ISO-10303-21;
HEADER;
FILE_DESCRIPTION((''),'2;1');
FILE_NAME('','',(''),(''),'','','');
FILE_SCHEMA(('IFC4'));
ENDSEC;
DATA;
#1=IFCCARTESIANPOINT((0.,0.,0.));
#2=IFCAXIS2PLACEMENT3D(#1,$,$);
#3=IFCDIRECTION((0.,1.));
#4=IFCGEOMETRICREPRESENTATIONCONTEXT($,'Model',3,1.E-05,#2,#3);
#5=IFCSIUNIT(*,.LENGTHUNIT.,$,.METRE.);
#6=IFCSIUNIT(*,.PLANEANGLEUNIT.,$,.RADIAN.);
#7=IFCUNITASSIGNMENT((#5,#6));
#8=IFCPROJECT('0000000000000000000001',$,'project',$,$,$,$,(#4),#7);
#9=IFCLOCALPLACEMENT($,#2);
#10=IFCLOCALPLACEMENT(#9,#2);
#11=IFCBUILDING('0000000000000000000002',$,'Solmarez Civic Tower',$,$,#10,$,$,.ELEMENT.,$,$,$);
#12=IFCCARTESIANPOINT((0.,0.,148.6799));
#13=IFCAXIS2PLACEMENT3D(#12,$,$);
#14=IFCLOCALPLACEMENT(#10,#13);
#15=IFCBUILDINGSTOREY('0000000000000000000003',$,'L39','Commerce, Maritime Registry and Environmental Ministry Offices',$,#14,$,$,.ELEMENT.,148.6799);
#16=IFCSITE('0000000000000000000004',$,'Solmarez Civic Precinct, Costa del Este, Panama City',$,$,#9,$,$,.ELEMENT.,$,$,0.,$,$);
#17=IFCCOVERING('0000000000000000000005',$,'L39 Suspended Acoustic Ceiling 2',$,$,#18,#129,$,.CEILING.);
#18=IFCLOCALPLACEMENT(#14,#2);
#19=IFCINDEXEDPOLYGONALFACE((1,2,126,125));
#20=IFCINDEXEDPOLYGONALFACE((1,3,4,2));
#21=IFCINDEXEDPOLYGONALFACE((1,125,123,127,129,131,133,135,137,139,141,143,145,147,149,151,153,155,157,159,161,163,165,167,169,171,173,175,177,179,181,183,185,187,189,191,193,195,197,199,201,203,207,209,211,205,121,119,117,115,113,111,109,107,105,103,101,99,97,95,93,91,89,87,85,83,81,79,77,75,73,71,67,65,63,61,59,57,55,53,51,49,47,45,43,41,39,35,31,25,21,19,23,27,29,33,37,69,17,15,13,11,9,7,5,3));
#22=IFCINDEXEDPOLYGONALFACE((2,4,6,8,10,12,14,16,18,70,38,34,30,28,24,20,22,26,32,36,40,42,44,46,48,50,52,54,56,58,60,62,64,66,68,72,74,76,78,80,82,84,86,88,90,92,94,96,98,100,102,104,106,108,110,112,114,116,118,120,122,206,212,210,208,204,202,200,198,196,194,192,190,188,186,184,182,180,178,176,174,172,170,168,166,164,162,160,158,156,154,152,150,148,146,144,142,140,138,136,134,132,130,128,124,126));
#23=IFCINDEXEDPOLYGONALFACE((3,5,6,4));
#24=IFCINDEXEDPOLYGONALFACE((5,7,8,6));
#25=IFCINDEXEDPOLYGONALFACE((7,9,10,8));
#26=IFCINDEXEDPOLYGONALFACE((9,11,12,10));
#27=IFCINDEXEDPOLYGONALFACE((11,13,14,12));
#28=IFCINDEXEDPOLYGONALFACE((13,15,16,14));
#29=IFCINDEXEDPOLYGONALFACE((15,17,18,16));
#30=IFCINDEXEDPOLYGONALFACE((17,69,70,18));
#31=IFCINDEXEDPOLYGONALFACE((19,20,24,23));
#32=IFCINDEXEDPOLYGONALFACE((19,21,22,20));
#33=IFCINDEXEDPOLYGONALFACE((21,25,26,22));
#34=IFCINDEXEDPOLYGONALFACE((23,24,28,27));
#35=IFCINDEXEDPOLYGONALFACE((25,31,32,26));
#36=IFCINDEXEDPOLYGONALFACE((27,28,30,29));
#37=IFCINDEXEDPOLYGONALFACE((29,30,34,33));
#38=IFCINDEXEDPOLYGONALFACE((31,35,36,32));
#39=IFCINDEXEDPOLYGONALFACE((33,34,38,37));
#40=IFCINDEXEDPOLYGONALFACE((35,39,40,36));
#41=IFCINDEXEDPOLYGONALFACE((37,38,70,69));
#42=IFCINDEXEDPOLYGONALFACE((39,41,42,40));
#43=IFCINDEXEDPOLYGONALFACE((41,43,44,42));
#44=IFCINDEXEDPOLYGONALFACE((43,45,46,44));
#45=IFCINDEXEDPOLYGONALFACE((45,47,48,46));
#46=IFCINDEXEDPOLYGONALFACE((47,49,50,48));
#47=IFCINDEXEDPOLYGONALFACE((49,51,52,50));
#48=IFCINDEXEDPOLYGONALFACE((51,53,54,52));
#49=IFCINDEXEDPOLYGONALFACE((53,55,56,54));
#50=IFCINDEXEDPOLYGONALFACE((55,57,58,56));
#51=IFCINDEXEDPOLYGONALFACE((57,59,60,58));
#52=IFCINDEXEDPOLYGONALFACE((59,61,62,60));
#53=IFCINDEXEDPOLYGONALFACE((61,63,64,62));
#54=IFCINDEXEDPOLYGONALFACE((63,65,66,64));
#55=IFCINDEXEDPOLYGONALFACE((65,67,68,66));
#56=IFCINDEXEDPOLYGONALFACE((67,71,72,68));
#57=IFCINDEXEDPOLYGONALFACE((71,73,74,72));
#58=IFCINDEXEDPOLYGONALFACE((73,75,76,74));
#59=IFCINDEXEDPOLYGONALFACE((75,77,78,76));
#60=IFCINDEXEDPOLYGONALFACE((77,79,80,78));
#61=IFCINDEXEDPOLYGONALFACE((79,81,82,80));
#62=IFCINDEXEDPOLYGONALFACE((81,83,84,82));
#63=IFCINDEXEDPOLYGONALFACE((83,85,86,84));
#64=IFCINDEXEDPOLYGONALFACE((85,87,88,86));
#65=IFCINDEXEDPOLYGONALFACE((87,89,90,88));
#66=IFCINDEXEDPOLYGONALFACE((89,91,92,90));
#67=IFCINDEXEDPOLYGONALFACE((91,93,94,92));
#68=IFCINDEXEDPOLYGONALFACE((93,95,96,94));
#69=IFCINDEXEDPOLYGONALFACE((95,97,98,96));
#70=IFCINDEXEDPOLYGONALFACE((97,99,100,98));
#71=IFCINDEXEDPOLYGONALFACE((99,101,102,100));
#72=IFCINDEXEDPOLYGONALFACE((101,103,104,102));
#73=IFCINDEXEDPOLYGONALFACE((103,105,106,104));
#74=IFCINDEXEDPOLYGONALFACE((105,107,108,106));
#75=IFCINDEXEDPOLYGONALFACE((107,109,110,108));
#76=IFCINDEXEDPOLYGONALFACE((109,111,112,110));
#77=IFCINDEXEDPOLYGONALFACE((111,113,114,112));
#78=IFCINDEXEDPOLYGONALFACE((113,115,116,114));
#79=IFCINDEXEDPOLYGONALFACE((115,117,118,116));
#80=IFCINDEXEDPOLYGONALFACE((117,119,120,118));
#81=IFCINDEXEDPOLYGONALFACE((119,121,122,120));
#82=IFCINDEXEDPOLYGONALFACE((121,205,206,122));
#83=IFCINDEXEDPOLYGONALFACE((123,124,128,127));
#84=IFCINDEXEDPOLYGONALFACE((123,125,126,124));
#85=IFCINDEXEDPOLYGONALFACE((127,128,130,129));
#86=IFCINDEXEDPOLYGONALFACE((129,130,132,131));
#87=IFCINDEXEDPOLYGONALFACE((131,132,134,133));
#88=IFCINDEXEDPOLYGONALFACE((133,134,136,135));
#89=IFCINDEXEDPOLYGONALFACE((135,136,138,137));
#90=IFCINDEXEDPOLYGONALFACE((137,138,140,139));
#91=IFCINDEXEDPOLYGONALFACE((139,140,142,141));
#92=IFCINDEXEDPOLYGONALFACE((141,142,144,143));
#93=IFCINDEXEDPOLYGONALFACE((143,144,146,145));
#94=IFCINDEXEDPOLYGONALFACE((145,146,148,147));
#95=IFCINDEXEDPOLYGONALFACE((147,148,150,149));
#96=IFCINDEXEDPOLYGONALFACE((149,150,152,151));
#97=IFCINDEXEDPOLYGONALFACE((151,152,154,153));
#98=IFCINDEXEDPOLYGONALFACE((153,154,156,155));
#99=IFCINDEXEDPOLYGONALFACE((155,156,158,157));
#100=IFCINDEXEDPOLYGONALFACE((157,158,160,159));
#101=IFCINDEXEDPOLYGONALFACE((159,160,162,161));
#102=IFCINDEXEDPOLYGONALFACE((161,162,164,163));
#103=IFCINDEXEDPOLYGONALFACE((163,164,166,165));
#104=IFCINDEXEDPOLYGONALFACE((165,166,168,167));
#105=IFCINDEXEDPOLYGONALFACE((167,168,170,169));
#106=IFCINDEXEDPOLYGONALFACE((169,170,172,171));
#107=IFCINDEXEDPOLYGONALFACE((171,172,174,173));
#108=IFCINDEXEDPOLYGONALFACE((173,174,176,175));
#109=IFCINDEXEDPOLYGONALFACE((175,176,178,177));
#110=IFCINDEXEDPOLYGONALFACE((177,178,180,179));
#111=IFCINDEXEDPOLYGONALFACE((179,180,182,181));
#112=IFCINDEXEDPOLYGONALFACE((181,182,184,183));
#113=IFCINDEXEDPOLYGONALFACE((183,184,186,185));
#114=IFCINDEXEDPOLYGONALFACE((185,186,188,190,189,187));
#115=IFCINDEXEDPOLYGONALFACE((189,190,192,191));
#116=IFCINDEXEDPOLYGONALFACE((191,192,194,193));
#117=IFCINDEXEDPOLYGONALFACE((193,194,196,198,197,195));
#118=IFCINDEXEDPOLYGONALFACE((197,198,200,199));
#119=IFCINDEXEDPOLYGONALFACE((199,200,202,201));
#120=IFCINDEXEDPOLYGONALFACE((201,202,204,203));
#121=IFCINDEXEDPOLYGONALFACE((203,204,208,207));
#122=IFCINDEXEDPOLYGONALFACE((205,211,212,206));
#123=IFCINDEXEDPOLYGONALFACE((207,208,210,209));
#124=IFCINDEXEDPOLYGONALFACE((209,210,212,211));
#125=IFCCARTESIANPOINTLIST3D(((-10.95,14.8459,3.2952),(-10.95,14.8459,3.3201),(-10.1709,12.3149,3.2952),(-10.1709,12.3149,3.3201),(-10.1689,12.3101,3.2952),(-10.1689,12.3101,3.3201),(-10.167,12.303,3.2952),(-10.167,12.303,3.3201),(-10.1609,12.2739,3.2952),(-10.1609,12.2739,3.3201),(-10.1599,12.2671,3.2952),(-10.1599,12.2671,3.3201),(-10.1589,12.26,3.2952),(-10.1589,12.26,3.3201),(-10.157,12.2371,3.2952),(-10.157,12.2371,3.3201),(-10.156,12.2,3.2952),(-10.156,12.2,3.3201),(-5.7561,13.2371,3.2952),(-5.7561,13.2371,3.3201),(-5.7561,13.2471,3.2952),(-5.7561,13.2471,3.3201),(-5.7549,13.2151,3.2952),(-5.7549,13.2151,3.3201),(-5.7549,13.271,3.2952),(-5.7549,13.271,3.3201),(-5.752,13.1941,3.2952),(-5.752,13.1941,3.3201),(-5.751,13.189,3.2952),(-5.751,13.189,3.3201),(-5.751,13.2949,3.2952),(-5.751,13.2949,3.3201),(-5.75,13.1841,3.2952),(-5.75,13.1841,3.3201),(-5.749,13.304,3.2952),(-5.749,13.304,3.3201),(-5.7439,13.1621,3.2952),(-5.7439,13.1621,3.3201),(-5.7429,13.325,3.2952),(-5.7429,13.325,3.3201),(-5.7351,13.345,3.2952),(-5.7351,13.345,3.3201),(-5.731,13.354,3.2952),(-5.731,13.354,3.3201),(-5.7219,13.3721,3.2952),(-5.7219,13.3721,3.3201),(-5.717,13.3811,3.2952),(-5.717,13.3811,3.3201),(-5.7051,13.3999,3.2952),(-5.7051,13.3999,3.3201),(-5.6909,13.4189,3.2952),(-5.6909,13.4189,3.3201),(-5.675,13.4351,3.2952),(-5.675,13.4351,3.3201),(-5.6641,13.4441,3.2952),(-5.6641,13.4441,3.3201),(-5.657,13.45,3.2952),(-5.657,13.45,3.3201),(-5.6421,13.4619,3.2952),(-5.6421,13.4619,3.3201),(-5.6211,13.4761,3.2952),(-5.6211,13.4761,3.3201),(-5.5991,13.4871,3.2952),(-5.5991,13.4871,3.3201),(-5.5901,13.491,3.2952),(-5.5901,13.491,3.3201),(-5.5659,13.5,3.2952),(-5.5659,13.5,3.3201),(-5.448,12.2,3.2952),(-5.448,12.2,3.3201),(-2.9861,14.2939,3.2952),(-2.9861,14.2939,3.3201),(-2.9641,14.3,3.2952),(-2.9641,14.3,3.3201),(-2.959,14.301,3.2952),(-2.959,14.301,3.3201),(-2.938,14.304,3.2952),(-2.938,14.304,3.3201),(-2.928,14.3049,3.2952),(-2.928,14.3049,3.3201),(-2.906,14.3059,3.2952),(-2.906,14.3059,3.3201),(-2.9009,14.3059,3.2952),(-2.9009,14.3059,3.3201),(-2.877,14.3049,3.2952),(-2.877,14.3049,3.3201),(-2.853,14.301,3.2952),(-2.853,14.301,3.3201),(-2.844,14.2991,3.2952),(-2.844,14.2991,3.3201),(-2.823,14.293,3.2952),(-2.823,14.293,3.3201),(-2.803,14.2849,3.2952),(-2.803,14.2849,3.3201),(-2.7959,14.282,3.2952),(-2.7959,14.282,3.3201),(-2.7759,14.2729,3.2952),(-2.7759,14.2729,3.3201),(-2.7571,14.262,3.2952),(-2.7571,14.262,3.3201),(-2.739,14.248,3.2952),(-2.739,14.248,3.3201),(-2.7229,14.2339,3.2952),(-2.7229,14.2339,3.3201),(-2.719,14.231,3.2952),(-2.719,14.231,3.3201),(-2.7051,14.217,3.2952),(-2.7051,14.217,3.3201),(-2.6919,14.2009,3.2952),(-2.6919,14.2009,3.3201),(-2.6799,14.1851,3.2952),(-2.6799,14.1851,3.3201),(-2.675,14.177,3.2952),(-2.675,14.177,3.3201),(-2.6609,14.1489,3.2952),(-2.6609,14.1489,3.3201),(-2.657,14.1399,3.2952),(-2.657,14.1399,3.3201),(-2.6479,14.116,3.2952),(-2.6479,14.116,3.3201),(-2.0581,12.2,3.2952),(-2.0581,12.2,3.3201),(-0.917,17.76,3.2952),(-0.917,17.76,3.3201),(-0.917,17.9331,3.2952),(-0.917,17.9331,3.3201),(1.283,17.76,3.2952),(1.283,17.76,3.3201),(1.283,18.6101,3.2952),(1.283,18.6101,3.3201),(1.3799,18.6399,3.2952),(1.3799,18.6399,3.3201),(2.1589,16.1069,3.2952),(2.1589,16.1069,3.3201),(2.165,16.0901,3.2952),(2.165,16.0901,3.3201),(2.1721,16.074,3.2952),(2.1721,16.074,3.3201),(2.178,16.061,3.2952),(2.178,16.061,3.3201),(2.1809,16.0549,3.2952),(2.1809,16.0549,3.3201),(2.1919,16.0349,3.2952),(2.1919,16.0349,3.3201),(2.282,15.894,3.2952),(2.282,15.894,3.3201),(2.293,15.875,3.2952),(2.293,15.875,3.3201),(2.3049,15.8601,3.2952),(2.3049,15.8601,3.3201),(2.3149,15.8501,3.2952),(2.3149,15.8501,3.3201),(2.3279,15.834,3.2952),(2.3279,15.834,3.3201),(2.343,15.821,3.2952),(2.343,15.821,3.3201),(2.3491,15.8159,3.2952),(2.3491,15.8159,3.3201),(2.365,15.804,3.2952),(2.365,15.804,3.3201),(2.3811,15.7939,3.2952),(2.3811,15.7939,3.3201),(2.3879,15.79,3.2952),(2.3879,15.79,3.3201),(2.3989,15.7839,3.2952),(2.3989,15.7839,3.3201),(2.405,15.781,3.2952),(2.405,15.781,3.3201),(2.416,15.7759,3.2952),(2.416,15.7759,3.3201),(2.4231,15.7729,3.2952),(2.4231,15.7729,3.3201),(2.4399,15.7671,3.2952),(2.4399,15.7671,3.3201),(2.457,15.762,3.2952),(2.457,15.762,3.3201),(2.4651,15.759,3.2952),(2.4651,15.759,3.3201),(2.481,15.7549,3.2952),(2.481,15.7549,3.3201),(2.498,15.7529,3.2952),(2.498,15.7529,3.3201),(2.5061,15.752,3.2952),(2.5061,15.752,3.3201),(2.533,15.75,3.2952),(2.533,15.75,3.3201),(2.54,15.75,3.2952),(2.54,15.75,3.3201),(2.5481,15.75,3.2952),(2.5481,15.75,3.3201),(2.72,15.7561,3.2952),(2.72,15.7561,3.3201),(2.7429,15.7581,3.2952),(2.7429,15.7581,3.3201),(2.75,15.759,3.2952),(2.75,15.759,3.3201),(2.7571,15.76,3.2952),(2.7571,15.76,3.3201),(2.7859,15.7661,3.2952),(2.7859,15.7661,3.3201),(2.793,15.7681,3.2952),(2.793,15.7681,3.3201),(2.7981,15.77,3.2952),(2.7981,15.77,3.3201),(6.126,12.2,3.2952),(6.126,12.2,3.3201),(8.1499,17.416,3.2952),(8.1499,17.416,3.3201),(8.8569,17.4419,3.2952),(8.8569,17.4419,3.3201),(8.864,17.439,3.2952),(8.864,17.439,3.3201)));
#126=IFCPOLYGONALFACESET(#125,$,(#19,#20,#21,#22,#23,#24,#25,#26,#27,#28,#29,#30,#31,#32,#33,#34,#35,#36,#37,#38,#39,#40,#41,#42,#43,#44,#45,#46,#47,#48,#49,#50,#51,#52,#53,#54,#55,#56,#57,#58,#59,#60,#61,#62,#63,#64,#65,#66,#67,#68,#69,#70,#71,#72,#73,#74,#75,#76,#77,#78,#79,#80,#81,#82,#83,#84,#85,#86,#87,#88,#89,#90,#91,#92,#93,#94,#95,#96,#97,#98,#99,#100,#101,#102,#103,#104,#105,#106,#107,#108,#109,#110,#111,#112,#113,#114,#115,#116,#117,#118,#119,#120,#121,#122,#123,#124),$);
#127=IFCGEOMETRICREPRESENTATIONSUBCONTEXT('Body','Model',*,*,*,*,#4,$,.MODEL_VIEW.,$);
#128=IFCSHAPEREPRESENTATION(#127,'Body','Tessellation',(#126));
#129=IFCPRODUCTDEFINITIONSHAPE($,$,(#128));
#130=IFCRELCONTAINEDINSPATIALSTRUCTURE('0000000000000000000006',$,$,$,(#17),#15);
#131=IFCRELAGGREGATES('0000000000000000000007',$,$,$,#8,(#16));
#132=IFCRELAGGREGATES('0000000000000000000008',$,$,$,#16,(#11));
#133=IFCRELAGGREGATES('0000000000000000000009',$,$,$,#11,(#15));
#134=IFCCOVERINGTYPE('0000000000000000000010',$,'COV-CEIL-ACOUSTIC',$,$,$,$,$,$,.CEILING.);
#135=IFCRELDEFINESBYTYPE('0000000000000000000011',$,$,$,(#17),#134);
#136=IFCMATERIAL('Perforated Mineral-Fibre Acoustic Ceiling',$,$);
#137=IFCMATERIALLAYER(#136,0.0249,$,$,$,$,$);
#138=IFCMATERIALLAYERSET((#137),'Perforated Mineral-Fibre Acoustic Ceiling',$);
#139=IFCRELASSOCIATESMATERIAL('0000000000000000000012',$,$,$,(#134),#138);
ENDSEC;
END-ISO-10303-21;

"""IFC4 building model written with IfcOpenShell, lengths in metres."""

from ifc_helpers import new_model, si_unit, direction, frame, origin, place, context, subcontext, project, spatial, polyline, outline, extrude, material, layer, layer_set, type_object, element, save


model = new_model("IFC4")

# Units and contexts
model_context = context("Model", 3, precision=1e-05, world=origin(), true_north=direction((0.0, 1.0)))
body_context = subcontext(model_context, "Body", "Model", "MODEL_VIEW")
ifc_project = project(units=[si_unit("LENGTHUNIT", "METRE"), si_unit("PLANEANGLEUNIT", "RADIAN")], contexts=[model_context])

# Site, building, storey
site_placement = place(None, origin())
site = spatial("IfcSite", under=ifc_project, at=site_placement, Name="Solmarez Civic Precinct, Costa del Este, Panama City", CompositionType="ELEMENT", RefElevation=0.0)
building_placement = place(site_placement, origin())
building = spatial("IfcBuilding", under=site, at=building_placement, Name="Solmarez Civic Tower", CompositionType="ELEMENT")
storey_placement = place(building_placement, frame((0.0, 0.0, 148.6799)))
storey = spatial("IfcBuildingStorey", under=building, at=storey_placement, Name="L39", Description="Commerce, Maritime Registry and Environmental Ministry Offices", CompositionType="ELEMENT", Elevation=148.6799)

# Covering
ifc_material_1 = material(Name="Perforated Mineral-Fibre Acoustic Ceiling")
ifc_layer_1 = layer(ifc_material_1, 0.0249)
ifc_layer_set_1 = layer_set([ifc_layer_1], Name="Perforated Mineral-Fibre Acoustic Ceiling")
covering_type_1 = type_object("IfcCoveringType", Name="COV-CEIL-ACOUSTIC", PredefinedType="CEILING", material=ifc_layer_set_1)
covering_1_placement = place(storey_placement, frame((0.0, 0.0, 3.2952)))
element("IfcCovering", 1, at=covering_1_placement, inside=storey, type_object=covering_type_1, Name="L39 Suspended Acoustic Ceiling 2", PredefinedType="CEILING", context=body_context, shape_type="SweptSolid", body=[
    extrude(outline(polyline([(-10.95, 14.8459), (-10.1709, 12.3149), (-10.1689, 12.3101), (-10.167, 12.303), (-10.1609, 12.2739), (-10.1599, 12.2671), (-10.1589, 12.26), (-10.157, 12.2371), (-10.156, 12.2), (-5.448, 12.2), (-5.7439, 13.1621), (-5.75, 13.1841), (-5.751, 13.189), (-5.752, 13.1941), (-5.7549, 13.2151), (-5.7561, 13.2371), (-5.7561, 13.2471), (-5.7549, 13.271), (-5.751, 13.2949), (-5.749, 13.304), (-5.7429, 13.325), (-5.7351, 13.345), (-5.731, 13.354), (-5.7219, 13.3721), (-5.717, 13.3811), (-5.7051, 13.3999), (-5.6909, 13.4189), (-5.675, 13.4351), (-5.6641, 13.4441), (-5.657, 13.45), (-5.6421, 13.4619), (-5.6211, 13.4761), (-5.5991, 13.4871), (-5.5901, 13.491), (-5.5659, 13.5), (-2.9861, 14.2939), (-2.9641, 14.3), (-2.959, 14.301), (-2.938, 14.304), (-2.928, 14.3049), (-2.906, 14.3059), (-2.9009, 14.3059), (-2.877, 14.3049), (-2.853, 14.301), (-2.844, 14.2991), (-2.823, 14.293), (-2.803, 14.2849), (-2.7959, 14.282), (-2.7759, 14.2729), (-2.7571, 14.262), (-2.739, 14.248), (-2.7229, 14.2339), (-2.719, 14.231), (-2.7051, 14.217), (-2.6919, 14.2009), (-2.6799, 14.1851), (-2.675, 14.177), (-2.6609, 14.1489), (-2.657, 14.1399), (-2.6479, 14.116), (-2.0581, 12.2), (6.126, 12.2), (8.864, 17.439), (8.8569, 17.4419), (8.1499, 17.416), (2.7981, 15.77), (2.793, 15.7681), (2.7859, 15.7661), (2.7571, 15.76), (2.75, 15.759), (2.7429, 15.7581), (2.72, 15.7561), (2.5481, 15.75), (2.54, 15.75), (2.533, 15.75), (2.5061, 15.752), (2.498, 15.7529), (2.481, 15.7549), (2.4651, 15.759), (2.457, 15.762), (2.4399, 15.7671), (2.4231, 15.7729), (2.416, 15.7759), (2.405, 15.781), (2.3989, 15.7839), (2.3879, 15.79), (2.3811, 15.7939), (2.365, 15.804), (2.3491, 15.8159), (2.343, 15.821), (2.3279, 15.834), (2.3149, 15.8501), (2.3049, 15.8601), (2.293, 15.875), (2.282, 15.894), (2.1919, 16.0349), (2.1809, 16.0549), (2.178, 16.061), (2.1721, 16.074), (2.165, 16.0901), (2.1589, 16.1069), (1.3799, 18.6399), (1.283, 18.6101), (1.283, 17.76), (-0.917, 17.76), (-0.917, 17.9331), (-10.95, 14.8459)])), origin(), (0.0, 0.0, 1.0), 0.0249),
])

save(model, "model.ifc")
